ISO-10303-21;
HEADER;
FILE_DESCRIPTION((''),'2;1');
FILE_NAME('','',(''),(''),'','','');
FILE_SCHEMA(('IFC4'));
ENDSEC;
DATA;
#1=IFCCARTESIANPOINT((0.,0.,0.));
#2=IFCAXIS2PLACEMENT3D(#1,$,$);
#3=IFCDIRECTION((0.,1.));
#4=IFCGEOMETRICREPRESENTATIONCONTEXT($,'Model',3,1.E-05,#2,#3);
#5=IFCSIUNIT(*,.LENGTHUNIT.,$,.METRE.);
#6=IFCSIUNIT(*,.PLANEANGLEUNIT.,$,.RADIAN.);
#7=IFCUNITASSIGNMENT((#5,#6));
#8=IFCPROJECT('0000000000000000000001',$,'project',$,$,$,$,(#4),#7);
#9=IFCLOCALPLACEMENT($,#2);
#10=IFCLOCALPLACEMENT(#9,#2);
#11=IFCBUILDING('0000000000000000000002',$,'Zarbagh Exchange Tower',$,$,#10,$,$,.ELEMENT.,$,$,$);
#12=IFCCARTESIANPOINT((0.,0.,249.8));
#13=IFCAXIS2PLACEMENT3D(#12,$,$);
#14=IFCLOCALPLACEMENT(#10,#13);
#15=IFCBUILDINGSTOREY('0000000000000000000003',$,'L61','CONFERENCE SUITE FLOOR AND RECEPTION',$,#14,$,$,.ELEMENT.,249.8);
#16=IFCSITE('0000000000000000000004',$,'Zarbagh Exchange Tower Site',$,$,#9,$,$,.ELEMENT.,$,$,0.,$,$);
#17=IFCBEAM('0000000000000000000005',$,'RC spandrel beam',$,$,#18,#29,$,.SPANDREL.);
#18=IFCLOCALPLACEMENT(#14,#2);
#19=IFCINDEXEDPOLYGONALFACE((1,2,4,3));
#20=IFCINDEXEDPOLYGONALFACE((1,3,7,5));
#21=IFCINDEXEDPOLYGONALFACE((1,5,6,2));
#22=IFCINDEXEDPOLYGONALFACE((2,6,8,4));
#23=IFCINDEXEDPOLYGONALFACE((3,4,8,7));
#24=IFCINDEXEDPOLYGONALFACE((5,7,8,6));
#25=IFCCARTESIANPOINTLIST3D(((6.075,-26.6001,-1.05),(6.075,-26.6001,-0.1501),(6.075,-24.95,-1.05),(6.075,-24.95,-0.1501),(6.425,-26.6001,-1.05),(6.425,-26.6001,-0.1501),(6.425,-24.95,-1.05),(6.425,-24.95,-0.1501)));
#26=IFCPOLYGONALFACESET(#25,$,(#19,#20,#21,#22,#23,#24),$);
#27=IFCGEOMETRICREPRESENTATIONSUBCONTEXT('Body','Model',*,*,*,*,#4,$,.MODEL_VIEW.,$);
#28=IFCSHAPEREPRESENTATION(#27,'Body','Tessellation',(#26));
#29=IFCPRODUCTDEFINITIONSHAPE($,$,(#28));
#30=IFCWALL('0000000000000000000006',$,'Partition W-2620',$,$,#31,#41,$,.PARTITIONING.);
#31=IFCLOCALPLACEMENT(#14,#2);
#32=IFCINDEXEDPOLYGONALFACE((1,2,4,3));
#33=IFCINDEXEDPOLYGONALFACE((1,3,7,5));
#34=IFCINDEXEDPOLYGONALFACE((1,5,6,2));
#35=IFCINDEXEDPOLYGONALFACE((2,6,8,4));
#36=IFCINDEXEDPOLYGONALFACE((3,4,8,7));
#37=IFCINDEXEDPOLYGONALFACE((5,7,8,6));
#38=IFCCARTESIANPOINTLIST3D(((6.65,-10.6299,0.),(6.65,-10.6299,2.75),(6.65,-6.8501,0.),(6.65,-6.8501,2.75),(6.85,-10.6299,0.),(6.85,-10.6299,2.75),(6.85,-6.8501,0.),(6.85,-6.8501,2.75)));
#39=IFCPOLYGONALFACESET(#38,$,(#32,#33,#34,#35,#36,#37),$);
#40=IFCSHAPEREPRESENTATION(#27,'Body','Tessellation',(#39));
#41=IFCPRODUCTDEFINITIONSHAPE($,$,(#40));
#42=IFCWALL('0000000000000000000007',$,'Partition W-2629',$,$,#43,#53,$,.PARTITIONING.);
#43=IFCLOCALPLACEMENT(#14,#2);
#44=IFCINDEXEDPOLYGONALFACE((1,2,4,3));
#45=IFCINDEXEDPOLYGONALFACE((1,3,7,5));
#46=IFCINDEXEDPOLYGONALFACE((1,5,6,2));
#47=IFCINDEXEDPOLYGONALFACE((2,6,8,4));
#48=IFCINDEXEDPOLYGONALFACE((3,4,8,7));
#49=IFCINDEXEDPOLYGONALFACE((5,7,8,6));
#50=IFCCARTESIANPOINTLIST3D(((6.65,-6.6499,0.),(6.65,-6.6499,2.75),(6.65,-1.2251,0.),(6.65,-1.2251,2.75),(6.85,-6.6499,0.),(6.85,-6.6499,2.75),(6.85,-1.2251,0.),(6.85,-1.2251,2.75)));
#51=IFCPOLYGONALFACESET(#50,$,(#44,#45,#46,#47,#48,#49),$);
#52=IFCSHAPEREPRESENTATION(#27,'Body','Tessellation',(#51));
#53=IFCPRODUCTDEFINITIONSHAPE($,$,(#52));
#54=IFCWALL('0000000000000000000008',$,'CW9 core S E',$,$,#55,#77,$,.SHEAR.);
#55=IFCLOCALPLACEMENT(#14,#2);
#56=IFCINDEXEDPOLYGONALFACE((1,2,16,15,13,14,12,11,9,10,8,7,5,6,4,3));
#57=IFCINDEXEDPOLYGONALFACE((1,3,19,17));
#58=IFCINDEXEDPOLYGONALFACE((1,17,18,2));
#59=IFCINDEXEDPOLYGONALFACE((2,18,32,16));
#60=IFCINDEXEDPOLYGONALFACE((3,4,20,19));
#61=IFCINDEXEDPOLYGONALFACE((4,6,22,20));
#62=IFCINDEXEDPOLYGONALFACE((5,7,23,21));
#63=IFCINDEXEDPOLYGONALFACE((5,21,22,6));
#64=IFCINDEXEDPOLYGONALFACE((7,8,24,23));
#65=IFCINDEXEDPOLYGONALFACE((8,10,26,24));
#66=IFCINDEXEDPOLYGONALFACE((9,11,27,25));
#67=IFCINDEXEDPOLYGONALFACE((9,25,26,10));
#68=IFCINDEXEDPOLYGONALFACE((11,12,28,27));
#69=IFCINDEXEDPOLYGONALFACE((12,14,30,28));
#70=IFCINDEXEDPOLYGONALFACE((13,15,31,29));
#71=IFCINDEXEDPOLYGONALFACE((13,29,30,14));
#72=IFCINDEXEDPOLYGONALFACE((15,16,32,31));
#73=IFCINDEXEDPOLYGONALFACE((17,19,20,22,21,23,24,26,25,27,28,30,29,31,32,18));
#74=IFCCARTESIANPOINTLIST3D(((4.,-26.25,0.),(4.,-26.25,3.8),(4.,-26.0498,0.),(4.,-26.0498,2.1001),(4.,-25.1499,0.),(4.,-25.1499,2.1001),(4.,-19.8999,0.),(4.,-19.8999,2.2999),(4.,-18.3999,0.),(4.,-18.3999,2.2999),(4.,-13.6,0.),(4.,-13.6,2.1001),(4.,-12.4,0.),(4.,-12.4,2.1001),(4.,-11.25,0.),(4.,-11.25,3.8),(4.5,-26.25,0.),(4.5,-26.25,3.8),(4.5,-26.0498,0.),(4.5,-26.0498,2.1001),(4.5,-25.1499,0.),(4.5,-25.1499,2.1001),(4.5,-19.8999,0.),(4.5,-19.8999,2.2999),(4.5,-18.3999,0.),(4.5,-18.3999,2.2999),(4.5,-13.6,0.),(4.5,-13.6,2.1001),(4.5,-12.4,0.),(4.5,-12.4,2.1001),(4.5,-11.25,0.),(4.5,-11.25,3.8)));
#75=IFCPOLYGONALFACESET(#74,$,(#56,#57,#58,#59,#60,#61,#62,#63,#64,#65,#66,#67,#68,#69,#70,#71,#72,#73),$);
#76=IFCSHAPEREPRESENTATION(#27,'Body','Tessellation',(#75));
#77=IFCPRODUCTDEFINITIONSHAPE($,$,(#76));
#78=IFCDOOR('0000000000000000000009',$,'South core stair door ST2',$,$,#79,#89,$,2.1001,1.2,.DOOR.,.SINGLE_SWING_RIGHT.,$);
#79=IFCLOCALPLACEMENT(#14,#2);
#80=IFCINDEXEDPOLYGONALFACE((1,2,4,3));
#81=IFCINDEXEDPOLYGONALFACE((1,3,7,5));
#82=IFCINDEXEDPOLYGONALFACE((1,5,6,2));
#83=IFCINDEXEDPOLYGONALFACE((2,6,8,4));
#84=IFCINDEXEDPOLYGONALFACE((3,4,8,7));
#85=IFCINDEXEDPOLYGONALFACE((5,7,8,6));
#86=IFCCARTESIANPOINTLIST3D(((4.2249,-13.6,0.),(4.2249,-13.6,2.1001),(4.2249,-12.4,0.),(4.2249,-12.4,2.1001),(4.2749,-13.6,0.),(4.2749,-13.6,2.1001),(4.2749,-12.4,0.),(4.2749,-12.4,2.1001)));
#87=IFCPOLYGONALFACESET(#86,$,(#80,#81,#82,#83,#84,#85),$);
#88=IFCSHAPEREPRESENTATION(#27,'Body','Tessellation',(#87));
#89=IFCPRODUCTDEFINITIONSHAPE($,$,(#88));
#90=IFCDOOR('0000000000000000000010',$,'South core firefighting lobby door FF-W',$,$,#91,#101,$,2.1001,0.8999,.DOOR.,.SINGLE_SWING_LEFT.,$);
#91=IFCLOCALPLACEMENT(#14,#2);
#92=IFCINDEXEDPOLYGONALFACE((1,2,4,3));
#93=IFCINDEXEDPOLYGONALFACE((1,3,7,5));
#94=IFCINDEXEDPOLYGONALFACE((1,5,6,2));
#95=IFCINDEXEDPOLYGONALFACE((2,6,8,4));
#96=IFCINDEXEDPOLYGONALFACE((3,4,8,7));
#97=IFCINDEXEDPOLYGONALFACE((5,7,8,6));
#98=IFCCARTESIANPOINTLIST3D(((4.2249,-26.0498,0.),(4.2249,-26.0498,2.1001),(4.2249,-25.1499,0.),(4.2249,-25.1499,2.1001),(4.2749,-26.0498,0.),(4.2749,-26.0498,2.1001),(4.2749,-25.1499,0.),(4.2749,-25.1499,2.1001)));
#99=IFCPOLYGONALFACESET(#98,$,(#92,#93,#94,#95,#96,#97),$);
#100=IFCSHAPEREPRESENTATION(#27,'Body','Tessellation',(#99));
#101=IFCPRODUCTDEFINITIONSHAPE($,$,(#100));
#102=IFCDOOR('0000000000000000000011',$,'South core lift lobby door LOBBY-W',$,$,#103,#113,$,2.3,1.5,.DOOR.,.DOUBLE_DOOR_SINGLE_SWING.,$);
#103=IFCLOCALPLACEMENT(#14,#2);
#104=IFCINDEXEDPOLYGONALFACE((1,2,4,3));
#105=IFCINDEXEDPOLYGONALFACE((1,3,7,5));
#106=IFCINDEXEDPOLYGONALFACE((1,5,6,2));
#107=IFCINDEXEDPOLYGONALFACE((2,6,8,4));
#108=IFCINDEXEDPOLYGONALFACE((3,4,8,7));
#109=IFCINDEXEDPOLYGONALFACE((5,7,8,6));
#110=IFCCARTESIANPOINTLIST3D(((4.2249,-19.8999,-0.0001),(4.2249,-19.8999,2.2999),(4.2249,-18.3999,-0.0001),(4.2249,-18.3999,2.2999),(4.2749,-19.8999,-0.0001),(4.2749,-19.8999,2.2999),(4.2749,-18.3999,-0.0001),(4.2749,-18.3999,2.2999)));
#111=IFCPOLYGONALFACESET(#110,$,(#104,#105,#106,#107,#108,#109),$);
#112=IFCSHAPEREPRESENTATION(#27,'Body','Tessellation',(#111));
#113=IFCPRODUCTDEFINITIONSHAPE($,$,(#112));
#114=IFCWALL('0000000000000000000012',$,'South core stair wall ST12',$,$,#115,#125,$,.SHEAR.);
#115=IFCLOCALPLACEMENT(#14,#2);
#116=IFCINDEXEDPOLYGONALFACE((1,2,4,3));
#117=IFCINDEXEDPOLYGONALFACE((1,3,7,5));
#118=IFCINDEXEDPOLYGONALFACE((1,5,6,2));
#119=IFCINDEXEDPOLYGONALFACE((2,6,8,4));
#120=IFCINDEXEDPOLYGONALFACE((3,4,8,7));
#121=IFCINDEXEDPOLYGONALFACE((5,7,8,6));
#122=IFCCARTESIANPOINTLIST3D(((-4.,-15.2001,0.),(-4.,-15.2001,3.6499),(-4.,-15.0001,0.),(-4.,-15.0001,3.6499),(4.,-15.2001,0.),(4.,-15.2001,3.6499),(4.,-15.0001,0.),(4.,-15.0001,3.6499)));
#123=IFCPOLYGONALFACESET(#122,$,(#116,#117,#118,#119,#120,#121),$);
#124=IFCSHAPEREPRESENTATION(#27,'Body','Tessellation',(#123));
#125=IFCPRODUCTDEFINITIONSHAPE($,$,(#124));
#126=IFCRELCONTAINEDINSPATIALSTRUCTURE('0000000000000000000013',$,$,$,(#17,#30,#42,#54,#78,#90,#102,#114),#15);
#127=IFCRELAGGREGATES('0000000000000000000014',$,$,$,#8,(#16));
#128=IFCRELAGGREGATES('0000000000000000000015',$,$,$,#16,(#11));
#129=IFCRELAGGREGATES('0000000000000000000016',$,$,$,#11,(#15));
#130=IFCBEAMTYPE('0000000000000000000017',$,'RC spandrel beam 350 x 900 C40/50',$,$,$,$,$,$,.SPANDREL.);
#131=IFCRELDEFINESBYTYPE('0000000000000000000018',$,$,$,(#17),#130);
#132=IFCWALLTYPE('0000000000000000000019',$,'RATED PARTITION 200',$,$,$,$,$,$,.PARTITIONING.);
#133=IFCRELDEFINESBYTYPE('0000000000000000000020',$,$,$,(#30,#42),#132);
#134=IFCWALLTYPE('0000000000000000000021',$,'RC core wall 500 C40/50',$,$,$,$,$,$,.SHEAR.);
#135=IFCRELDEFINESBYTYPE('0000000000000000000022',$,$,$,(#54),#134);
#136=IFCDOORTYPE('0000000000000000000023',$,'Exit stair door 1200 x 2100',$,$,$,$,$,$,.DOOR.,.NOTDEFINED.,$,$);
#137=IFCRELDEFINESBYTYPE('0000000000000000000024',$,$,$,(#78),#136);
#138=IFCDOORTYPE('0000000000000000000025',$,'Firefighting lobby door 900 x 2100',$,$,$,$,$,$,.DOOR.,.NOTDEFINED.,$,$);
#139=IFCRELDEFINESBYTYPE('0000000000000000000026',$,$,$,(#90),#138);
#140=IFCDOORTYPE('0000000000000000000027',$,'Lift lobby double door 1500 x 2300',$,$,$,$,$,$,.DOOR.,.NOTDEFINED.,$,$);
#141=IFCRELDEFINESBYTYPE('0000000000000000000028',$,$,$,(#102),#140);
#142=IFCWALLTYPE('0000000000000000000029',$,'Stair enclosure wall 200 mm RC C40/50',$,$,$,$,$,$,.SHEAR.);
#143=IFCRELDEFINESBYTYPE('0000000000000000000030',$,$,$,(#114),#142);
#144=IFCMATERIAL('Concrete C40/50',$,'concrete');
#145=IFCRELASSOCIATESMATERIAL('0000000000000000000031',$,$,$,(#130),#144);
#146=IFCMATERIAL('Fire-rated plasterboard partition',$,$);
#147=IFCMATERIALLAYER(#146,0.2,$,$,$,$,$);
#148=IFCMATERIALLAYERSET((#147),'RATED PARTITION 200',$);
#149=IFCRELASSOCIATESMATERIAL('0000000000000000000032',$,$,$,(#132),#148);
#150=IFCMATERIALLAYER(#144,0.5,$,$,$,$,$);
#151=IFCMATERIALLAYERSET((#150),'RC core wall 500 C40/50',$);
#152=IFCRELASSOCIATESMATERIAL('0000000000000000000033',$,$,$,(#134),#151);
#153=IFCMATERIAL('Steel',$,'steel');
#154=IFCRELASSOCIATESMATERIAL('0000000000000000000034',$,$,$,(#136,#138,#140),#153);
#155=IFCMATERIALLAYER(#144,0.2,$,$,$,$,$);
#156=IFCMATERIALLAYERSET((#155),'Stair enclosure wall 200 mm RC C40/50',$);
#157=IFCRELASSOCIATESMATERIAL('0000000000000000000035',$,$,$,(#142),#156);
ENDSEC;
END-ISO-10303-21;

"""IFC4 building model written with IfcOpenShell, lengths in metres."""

from ifc_helpers import new_model, si_unit, direction, frame, frame_2d, origin, origin_2d, place, context, subcontext, project, spatial, rectangle, extrude, material, layer, layer_set, material_profile, profile_set, type_object, element, fill, save


model = new_model("IFC4")

# Units and contexts
model_context = context("Model", 3, precision=1e-05, world=origin(), true_north=direction((0.0, 1.0)))
body_context = subcontext(model_context, "Body", "Model", "MODEL_VIEW")
ifc_project = project(units=[si_unit("LENGTHUNIT", "METRE"), si_unit("PLANEANGLEUNIT", "RADIAN")], contexts=[model_context])

# Site, building, storey
site_placement = place(None, origin())
site = spatial("IfcSite", under=ifc_project, at=site_placement, Name="Zarbagh Exchange Tower Site", CompositionType="ELEMENT", RefElevation=0.0)
building_placement = place(site_placement, origin())
building = spatial("IfcBuilding", under=site, at=building_placement, Name="Zarbagh Exchange Tower", CompositionType="ELEMENT")
storey_placement = place(building_placement, frame((0.0, 0.0, 249.8)))
storey = spatial("IfcBuildingStorey", under=building, at=storey_placement, Name="L61", Description="CONFERENCE SUITE FLOOR AND RECEPTION", CompositionType="ELEMENT", Elevation=249.8)

# Shared definitions
ifc_material_1 = material(Name="Concrete C40/50", Category="concrete")

# Beam
ifc_material_profile_1 = material_profile(ifc_material_1, rectangle(XDim=0.3501, YDim=0.8999, at=origin_2d()), Name="RC spandrel beam 350 x 900 C40/50")
ifc_profile_set_1 = profile_set([ifc_material_profile_1], Name="Concrete C40/50")
beam_type_1 = type_object("IfcBeamType", Name="RC spandrel beam 350 x 900 C40/50", PredefinedType="SPANDREL", material=ifc_profile_set_1)
beam_1_placement = place(storey_placement, frame((6.25, -24.95, -0.6001), z_axis=(0.0, -1.0, 0.0), x_axis=(1.0, 0.0, 0.0)))
element("IfcBeam", 1, at=beam_1_placement, inside=storey, type_object=beam_type_1, Name="RC spandrel beam", PredefinedType="SPANDREL", context=body_context, shape_type="SweptSolid", body=[
    extrude(rectangle(XDim=0.3501, YDim=0.8999, at=origin_2d()), origin(), (0.0, 0.0, 1.0), 1.6501),
])

# Walls
ifc_material_2 = material(Name="Fire-rated plasterboard partition")
ifc_layer_1 = layer(ifc_material_2, 0.2)
ifc_layer_set_1 = layer_set([ifc_layer_1], Name="RATED PARTITION 200")
wall_type_1 = type_object("IfcWallType", Name="RATED PARTITION 200", PredefinedType="PARTITIONING", material=ifc_layer_set_1)
wall_1_placement = place(storey_placement, frame((6.75, -10.6299, 0.0), z_axis=(0.0, 0.0, 1.0), x_axis=(0.0, 1.0, 0.0)))
element("IfcWall", 2, at=wall_1_placement, inside=storey, type_object=wall_type_1, Name="Partition W-2620", PredefinedType="PARTITIONING", context=body_context, shape_type="SweptSolid", body=[
    extrude(rectangle(XDim=3.7798, YDim=0.2, at=frame_2d((1.8899, 0.0))), origin(), (0.0, 0.0, 1.0), 2.75),
])
wall_2_placement = place(storey_placement, frame((6.75, -6.6499, 0.0), z_axis=(0.0, 0.0, 1.0), x_axis=(0.0, 1.0, 0.0)))
element("IfcWall", 3, at=wall_2_placement, inside=storey, type_object=wall_type_1, Name="Partition W-2629", PredefinedType="PARTITIONING", context=body_context, shape_type="SweptSolid", body=[
    extrude(rectangle(XDim=5.4248, YDim=0.2, at=frame_2d((2.7124, 0.0))), origin(), (0.0, 0.0, 1.0), 2.75),
])

# Wall, openings, doors
ifc_layer_2 = layer(ifc_material_1, 0.5)
ifc_layer_set_2 = layer_set([ifc_layer_2], Name="RC core wall 500 C40/50")
wall_type_2 = type_object("IfcWallType", Name="RC core wall 500 C40/50", PredefinedType="SHEAR", material=ifc_layer_set_2)
wall_3_placement = place(storey_placement, frame((4.25, -11.25, 0.0), z_axis=(0.0, 0.0, 1.0), x_axis=(0.0, -1.0, 0.0)))
wall_3 = element("IfcWall", 4, at=wall_3_placement, inside=storey, type_object=wall_type_2, Name="CW9 core S E", PredefinedType="SHEAR", context=body_context, shape_type="SweptSolid", body=[
    extrude(rectangle(XDim=15.0, YDim=0.5, at=frame_2d((7.5, 0.0))), origin(), (0.0, 0.0, 1.0), 3.8),
])
opening_1_placement = place(wall_3_placement, frame((7.1499, 0.0, 0.0)))
opening_1 = element("IfcOpeningElement", 5, at=opening_1_placement, cuts=wall_3, PredefinedType="OPENING", context=body_context, shape_type="SweptSolid", body=[
    extrude(rectangle(XDim=1.5, YDim=2.3, at=frame_2d((0.75, 1.1499))), frame((0.0, 0.26, 0.0), z_axis=(0.0, -1.0, 0.0), x_axis=(1.0, 0.0, 0.0)), (0.0, 0.0, 1.0), 0.52),
])
opening_2_placement = place(wall_3_placement, frame((13.8999, 0.0, 0.0)))
opening_2 = element("IfcOpeningElement", 6, at=opening_2_placement, cuts=wall_3, PredefinedType="OPENING", context=body_context, shape_type="SweptSolid", body=[
    extrude(rectangle(XDim=0.8999, YDim=2.1001, at=frame_2d((0.45, 1.05))), frame((0.0, 0.26, 0.0), z_axis=(0.0, -1.0, 0.0), x_axis=(1.0, 0.0, 0.0)), (0.0, 0.0, 1.0), 0.52),
])
opening_3_placement = place(wall_3_placement, frame((1.1499, 0.0, 0.0)))
opening_3 = element("IfcOpeningElement", 7, at=opening_3_placement, cuts=wall_3, PredefinedType="OPENING", context=body_context, shape_type="SweptSolid", body=[
    extrude(rectangle(XDim=1.2, YDim=2.1001, at=frame_2d((0.6001, 1.05))), frame((0.0, 0.26, 0.0), z_axis=(0.0, -1.0, 0.0), x_axis=(1.0, 0.0, 0.0)), (0.0, 0.0, 1.0), 0.52),
])
ifc_material_3 = material(Name="Steel", Category="steel")
door_type_1 = type_object("IfcDoorType", Name="Exit stair door 1200 x 2100", OperationType="NOTDEFINED", PredefinedType="DOOR", material=ifc_material_3)
door_1_placement = place(opening_3_placement, origin())
door_1 = element("IfcDoor", 8, at=door_1_placement, inside=storey, type_object=door_type_1, Name="South core stair door ST2", OperationType="SINGLE_SWING_RIGHT", OverallHeight=2.1001, OverallWidth=1.2, PredefinedType="DOOR", context=body_context, shape_type="SweptSolid", body=[
    extrude(rectangle(XDim=1.2, YDim=2.1001, at=frame_2d((0.6001, 1.05))), frame((0.0, 0.0249, 0.0), z_axis=(0.0, -1.0, 0.0), x_axis=(1.0, 0.0, 0.0)), (0.0, 0.0, 1.0), 0.05),
])
fill(opening_3, door_1)
door_type_2 = type_object("IfcDoorType", Name="Firefighting lobby door 900 x 2100", OperationType="NOTDEFINED", PredefinedType="DOOR", material=ifc_material_3)
door_2_placement = place(opening_2_placement, origin())
door_2 = element("IfcDoor", 9, at=door_2_placement, inside=storey, type_object=door_type_2, Name="South core firefighting lobby door FF-W", OperationType="SINGLE_SWING_LEFT", OverallHeight=2.1001, OverallWidth=0.8999, PredefinedType="DOOR", context=body_context, shape_type="SweptSolid", body=[
    extrude(rectangle(XDim=0.8999, YDim=2.1001, at=frame_2d((0.45, 1.05))), frame((0.0, 0.0249, 0.0), z_axis=(0.0, -1.0, 0.0), x_axis=(1.0, 0.0, 0.0)), (0.0, 0.0, 1.0), 0.05),
])
fill(opening_2, door_2)
door_type_3 = type_object("IfcDoorType", Name="Lift lobby double door 1500 x 2300", OperationType="NOTDEFINED", PredefinedType="DOOR", material=ifc_material_3)
door_3_placement = place(opening_1_placement, origin())
door_3 = element("IfcDoor", 10, at=door_3_placement, inside=storey, type_object=door_type_3, Name="South core lift lobby door LOBBY-W", OperationType="DOUBLE_DOOR_SINGLE_SWING", OverallHeight=2.3, OverallWidth=1.5, PredefinedType="DOOR", context=body_context, shape_type="SweptSolid", body=[
    extrude(rectangle(XDim=1.5, YDim=2.3, at=frame_2d((0.75, 1.1499))), frame((0.0, 0.0249, 0.0), z_axis=(0.0, -1.0, 0.0), x_axis=(1.0, 0.0, 0.0)), (0.0, 0.0, 1.0), 0.05),
])
fill(opening_1, door_3)

# Wall
ifc_layer_3 = layer(ifc_material_1, 0.2)
ifc_layer_set_3 = layer_set([ifc_layer_3], Name="Stair enclosure wall 200 mm RC C40/50")
wall_type_3 = type_object("IfcWallType", Name="Stair enclosure wall 200 mm RC C40/50", PredefinedType="SHEAR", material=ifc_layer_set_3)
wall_4_placement = place(storey_placement, frame((4.0, -15.1001, 0.0), z_axis=(0.0, 0.0, 1.0), x_axis=(-1.0, 0.0, 0.0)))
element("IfcWall", 11, at=wall_4_placement, inside=storey, type_object=wall_type_3, Name="South core stair wall ST12", PredefinedType="SHEAR", context=body_context, shape_type="SweptSolid", body=[
    extrude(rectangle(XDim=8.0, YDim=0.2, at=frame_2d((4.0, 0.0))), origin(), (0.0, 0.0, 1.0), 3.6499),
])

save(model, "model.ifc")
